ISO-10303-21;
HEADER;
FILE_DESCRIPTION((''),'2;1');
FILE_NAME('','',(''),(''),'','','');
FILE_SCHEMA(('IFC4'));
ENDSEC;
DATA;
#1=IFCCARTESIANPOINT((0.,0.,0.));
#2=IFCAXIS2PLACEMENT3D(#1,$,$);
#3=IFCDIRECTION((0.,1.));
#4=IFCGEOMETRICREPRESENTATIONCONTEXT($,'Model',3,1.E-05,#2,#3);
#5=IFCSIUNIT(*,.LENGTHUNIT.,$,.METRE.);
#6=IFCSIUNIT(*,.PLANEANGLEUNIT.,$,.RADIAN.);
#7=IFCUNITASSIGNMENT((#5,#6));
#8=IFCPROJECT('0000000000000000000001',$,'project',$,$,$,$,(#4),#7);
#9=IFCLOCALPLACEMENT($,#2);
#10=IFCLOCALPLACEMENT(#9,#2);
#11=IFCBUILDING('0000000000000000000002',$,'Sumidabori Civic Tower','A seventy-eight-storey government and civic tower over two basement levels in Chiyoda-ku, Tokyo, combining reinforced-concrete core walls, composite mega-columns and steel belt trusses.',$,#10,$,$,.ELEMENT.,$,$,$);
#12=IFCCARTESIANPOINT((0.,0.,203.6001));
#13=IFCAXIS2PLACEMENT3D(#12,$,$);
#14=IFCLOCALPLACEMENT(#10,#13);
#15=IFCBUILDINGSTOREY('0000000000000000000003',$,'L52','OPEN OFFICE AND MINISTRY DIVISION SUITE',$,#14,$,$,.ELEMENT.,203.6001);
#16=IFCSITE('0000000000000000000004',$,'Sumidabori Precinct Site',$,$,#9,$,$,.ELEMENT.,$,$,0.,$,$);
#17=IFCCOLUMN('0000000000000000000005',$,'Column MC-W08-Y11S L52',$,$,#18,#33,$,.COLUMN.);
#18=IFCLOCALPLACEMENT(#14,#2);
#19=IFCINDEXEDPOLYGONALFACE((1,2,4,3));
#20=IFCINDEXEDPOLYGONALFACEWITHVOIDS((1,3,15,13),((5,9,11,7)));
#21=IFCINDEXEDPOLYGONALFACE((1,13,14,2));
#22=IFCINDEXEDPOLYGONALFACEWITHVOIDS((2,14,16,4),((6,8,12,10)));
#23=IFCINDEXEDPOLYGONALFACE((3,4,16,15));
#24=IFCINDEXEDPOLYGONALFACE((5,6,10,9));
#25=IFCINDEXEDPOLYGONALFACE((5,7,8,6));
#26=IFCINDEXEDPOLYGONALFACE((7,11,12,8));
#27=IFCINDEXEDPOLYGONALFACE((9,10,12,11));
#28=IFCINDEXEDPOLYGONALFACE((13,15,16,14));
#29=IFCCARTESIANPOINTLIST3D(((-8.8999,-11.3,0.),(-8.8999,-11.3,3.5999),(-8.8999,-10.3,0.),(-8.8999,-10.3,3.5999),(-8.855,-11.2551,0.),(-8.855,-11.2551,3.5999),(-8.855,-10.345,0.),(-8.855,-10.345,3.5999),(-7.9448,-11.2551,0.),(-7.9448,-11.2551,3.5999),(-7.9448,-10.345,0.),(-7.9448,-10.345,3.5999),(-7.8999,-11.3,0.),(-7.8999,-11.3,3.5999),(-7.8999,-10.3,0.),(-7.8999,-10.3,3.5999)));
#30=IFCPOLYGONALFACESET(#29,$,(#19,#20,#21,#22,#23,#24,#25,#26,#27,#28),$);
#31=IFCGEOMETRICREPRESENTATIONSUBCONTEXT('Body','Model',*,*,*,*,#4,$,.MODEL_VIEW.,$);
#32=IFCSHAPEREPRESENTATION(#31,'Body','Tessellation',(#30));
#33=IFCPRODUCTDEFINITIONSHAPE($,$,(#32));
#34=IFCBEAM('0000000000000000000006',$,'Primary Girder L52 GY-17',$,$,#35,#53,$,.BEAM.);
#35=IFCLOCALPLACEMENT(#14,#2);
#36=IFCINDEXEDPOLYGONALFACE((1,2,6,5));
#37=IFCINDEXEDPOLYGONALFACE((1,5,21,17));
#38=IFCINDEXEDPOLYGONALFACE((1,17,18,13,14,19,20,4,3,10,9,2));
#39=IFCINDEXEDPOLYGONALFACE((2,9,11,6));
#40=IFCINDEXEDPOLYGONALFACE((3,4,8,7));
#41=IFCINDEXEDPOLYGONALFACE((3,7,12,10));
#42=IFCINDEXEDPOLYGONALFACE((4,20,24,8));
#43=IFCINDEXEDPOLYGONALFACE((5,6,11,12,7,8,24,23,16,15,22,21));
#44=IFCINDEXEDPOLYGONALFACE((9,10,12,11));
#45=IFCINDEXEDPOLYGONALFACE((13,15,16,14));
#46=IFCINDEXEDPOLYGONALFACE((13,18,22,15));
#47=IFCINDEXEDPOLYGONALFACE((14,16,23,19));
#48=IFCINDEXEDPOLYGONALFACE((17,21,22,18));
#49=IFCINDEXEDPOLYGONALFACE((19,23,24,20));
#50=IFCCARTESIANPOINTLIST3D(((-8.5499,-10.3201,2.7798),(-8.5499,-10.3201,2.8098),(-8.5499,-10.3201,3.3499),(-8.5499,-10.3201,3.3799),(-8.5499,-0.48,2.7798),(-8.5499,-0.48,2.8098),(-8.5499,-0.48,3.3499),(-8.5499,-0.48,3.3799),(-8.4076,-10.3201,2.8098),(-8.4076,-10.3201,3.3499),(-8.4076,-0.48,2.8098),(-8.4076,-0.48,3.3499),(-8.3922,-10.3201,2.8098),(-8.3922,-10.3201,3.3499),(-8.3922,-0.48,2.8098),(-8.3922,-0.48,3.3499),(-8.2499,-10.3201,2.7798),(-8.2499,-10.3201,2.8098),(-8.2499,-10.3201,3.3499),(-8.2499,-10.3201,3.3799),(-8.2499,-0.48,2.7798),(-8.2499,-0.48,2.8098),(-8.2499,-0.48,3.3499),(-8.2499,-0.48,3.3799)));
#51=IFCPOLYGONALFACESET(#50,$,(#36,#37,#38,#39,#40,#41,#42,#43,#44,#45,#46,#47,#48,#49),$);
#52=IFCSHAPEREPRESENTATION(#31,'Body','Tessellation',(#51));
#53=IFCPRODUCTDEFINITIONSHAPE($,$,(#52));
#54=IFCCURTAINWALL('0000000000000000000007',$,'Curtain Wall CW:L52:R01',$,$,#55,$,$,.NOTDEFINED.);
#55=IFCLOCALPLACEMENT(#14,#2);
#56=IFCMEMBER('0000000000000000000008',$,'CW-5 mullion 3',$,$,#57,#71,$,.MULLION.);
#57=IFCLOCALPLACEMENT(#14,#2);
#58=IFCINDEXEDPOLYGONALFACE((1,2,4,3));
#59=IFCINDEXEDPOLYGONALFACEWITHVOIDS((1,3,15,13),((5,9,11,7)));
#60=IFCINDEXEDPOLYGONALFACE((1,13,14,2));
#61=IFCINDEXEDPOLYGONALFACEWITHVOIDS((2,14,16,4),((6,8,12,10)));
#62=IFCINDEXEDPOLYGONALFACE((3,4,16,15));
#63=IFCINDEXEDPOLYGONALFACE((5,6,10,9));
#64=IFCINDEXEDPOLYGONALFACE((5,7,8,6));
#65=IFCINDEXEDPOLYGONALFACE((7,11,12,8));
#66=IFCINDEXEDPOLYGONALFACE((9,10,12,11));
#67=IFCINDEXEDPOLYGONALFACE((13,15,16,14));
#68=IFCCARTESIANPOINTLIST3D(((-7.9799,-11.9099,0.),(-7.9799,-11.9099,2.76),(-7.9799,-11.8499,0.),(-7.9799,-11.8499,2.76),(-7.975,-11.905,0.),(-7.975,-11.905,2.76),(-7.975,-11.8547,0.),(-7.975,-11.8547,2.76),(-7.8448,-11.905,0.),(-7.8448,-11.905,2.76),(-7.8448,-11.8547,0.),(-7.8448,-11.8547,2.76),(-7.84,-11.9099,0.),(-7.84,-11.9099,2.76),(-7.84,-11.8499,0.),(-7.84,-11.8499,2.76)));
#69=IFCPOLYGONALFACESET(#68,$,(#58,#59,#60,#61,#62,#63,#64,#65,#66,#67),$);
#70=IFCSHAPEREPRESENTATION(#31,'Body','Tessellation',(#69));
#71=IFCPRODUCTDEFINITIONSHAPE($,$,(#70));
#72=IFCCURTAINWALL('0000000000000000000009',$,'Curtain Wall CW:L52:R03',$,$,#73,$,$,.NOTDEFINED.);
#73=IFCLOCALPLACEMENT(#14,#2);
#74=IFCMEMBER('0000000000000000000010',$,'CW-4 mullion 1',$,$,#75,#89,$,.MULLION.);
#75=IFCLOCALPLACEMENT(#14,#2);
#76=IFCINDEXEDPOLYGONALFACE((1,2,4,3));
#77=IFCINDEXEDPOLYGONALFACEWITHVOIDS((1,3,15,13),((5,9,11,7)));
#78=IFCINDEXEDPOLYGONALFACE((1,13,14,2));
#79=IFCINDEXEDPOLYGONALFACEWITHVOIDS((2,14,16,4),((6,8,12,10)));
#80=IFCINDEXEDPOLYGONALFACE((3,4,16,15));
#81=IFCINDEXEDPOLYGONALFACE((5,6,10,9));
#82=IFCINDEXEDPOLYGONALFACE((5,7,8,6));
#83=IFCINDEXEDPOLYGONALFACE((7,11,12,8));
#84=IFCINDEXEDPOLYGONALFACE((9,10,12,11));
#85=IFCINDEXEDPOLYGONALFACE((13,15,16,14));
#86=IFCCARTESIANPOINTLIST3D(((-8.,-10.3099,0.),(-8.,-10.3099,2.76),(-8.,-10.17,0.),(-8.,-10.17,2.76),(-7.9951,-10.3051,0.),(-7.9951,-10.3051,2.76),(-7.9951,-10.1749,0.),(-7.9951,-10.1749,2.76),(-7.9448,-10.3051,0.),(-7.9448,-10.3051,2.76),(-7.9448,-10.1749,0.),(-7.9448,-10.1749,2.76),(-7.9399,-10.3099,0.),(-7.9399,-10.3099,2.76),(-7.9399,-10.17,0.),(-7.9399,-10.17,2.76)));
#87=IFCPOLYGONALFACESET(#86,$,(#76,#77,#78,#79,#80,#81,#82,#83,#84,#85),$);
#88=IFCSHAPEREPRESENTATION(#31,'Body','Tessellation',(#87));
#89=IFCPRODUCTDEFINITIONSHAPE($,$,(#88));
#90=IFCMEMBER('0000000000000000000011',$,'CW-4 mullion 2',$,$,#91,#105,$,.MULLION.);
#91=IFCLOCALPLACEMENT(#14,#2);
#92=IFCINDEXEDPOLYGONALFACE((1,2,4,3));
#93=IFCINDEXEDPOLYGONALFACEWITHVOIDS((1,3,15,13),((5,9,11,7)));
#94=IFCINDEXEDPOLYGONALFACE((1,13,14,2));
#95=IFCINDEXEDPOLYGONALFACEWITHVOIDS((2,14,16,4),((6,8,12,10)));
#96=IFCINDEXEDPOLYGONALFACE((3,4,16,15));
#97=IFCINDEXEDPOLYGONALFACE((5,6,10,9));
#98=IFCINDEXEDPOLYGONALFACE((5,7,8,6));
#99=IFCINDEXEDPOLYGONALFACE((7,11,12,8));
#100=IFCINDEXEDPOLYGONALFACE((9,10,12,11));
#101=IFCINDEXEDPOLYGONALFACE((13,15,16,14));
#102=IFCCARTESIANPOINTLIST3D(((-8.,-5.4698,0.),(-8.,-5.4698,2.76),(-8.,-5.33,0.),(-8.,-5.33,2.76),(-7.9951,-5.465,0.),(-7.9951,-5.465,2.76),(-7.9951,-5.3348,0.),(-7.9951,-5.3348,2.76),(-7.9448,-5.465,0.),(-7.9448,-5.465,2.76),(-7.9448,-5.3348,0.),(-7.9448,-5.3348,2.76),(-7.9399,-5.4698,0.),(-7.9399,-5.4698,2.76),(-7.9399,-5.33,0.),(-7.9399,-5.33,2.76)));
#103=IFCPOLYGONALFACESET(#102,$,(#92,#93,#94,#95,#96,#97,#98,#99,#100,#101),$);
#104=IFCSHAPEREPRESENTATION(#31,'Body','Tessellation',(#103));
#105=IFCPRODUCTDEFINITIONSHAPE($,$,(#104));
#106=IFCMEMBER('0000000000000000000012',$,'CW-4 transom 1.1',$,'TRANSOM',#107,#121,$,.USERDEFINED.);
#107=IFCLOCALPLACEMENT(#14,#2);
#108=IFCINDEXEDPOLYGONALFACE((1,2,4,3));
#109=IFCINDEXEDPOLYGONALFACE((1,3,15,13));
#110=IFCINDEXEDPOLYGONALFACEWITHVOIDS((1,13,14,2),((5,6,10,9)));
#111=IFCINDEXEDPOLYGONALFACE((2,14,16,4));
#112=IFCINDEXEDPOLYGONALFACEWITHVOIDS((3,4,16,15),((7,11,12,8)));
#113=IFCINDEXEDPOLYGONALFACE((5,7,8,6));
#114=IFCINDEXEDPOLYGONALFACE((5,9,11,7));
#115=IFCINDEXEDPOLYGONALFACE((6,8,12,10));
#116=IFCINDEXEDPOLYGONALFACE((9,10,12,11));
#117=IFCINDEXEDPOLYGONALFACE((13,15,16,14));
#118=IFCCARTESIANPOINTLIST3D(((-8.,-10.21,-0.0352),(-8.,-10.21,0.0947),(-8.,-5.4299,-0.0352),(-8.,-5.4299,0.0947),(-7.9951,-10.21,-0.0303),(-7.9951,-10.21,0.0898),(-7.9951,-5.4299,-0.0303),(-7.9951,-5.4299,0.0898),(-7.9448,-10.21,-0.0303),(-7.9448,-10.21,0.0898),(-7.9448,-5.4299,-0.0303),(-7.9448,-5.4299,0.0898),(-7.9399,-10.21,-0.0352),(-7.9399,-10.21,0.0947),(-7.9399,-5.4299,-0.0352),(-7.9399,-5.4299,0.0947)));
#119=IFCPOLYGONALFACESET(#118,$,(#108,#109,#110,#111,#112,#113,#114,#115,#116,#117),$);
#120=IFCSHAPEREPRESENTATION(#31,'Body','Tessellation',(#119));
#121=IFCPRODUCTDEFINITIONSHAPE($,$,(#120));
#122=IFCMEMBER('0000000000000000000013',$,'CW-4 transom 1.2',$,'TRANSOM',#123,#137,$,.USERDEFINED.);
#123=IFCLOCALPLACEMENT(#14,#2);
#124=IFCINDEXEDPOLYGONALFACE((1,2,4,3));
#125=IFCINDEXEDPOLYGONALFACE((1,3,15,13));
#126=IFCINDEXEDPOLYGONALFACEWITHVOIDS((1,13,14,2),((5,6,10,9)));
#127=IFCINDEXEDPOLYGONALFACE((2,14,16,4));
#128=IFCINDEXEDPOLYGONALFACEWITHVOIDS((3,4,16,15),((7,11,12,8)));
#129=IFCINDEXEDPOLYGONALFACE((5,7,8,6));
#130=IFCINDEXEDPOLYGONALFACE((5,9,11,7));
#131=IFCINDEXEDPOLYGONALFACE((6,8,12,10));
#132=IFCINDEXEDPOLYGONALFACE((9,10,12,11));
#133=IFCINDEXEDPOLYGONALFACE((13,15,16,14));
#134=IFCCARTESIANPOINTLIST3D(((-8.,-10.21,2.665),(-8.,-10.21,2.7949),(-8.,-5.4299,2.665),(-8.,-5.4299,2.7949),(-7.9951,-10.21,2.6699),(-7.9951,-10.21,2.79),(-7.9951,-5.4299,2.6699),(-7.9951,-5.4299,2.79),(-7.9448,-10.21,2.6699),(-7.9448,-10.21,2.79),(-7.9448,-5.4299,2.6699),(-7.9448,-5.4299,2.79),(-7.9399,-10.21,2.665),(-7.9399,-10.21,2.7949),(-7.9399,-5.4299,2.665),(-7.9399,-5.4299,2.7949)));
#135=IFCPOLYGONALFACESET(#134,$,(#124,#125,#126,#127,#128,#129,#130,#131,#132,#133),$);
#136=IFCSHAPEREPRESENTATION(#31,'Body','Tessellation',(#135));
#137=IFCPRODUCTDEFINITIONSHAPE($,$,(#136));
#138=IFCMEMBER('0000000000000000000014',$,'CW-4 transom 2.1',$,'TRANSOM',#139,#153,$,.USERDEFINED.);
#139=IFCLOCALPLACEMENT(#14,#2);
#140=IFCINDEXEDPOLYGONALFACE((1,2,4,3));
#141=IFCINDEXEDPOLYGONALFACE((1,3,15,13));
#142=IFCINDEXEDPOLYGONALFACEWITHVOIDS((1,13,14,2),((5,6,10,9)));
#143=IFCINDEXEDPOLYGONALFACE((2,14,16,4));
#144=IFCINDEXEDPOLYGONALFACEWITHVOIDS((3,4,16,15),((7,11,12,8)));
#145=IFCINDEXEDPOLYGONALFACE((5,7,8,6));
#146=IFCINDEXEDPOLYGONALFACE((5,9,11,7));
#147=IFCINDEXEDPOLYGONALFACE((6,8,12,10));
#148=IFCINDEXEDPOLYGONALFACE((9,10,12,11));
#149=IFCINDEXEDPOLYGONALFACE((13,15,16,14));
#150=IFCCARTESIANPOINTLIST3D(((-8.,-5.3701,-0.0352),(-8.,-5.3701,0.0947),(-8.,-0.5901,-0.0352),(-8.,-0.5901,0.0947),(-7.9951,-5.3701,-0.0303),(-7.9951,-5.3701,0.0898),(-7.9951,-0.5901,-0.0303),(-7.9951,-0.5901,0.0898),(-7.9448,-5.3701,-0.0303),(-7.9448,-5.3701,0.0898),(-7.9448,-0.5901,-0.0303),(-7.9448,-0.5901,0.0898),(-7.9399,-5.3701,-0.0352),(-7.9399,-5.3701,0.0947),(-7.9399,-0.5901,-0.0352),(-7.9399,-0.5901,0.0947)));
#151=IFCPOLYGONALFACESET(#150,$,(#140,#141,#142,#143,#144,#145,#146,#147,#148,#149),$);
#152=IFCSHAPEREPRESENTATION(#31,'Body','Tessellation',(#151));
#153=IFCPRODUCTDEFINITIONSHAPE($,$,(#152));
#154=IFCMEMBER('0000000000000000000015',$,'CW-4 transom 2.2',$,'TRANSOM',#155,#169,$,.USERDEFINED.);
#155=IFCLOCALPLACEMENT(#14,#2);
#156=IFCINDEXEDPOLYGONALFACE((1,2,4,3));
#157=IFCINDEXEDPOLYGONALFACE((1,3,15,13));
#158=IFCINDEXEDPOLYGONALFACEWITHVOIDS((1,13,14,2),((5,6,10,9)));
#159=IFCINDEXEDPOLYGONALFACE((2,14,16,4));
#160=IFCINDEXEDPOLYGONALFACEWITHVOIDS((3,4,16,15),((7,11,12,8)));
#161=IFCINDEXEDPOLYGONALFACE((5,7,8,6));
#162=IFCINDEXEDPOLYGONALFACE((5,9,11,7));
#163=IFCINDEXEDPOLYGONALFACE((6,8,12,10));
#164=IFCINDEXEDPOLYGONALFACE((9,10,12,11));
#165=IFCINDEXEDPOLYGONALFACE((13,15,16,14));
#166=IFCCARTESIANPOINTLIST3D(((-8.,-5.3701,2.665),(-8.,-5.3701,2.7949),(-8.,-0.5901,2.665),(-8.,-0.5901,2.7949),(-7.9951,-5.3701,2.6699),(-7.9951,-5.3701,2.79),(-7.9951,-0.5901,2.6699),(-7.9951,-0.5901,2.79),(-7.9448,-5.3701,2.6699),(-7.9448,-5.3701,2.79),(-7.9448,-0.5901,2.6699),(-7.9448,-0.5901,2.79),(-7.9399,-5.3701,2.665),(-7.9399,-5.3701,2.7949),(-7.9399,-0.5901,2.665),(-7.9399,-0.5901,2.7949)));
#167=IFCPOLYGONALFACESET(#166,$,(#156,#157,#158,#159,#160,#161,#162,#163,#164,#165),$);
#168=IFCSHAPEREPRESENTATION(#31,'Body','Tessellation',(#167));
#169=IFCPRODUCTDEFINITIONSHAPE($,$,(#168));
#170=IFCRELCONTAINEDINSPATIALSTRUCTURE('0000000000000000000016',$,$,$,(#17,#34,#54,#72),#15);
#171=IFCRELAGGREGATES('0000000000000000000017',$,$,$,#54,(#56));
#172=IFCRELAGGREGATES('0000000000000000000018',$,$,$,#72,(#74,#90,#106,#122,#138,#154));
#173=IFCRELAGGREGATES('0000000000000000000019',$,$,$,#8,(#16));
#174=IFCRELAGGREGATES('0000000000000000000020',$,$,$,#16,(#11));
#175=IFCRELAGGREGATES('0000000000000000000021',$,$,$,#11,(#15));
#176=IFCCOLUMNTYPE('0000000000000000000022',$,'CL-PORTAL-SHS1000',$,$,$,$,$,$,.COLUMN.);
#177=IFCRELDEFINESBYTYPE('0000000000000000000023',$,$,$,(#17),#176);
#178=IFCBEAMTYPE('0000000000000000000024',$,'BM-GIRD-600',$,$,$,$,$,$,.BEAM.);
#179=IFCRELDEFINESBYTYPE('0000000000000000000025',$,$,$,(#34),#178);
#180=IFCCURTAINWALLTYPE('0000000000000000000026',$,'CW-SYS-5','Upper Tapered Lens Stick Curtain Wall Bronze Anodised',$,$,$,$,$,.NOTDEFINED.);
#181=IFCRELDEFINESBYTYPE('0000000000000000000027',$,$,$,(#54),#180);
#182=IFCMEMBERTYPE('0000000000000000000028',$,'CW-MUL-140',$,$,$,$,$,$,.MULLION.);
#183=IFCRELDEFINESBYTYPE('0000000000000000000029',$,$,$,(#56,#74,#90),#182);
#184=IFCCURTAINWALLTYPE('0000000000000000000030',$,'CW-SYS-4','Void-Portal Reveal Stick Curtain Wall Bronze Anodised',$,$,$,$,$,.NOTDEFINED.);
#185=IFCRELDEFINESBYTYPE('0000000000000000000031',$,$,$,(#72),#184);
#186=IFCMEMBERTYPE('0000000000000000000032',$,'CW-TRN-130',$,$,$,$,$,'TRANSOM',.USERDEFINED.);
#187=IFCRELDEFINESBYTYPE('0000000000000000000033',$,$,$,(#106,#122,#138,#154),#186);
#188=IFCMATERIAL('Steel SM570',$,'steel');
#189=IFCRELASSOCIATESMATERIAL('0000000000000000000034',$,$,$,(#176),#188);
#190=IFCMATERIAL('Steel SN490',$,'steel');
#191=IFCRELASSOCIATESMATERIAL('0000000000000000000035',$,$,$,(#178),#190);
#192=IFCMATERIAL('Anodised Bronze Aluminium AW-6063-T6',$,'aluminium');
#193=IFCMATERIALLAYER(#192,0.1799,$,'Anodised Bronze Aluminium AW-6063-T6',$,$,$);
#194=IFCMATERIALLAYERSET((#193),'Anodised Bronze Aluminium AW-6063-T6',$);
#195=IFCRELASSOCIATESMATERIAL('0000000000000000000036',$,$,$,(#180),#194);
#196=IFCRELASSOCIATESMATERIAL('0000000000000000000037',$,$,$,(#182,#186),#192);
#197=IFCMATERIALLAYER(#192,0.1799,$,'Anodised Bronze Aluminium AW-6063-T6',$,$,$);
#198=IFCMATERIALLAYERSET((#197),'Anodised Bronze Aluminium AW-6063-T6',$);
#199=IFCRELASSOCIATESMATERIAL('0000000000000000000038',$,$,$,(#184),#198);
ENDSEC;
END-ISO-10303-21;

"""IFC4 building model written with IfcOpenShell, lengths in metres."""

from ifc_helpers import new_model, si_unit, direction, frame, origin, origin_2d, place, context, subcontext, project, spatial, hollow_rectangle, i_section, extrude, source, transform, mapped, material, layer, layer_set, material_profile, profile_set, type_object, element, aggregate, save


model = new_model("IFC4")

# Units and contexts
model_context = context("Model", 3, precision=1e-05, world=origin(), true_north=direction((0.0, 1.0)))
body_context = subcontext(model_context, "Body", "Model", "MODEL_VIEW")
ifc_project = project(units=[si_unit("LENGTHUNIT", "METRE"), si_unit("PLANEANGLEUNIT", "RADIAN")], contexts=[model_context])

# Site, building, storey
site_placement = place(None, origin())
site = spatial("IfcSite", under=ifc_project, at=site_placement, Name="Sumidabori Precinct Site", CompositionType="ELEMENT", RefElevation=0.0)
building_placement = place(site_placement, origin())
building = spatial("IfcBuilding", under=site, at=building_placement, Name="Sumidabori Civic Tower", Description="A seventy-eight-storey government and civic tower over two basement levels in Chiyoda-ku, Tokyo, combining reinforced-concrete core walls, composite mega-columns and steel belt trusses.", CompositionType="ELEMENT")
storey_placement = place(building_placement, frame((0.0, 0.0, 203.6001)))
storey = spatial("IfcBuildingStorey", under=building, at=storey_placement, Name="L52", Description="OPEN OFFICE AND MINISTRY DIVISION SUITE", CompositionType="ELEMENT", Elevation=203.6001)

# Column
ifc_material_1 = material(Name="Steel SM570", Category="steel")
ifc_material_profile_1 = material_profile(ifc_material_1, hollow_rectangle(XDim=1.0, YDim=1.0, WallThickness=0.0449, at=origin_2d()), Name="SHS 1000x1000x45")
ifc_profile_set_1 = profile_set([ifc_material_profile_1], Name="Steel SM570")
column_type = type_object("IfcColumnType", Name="CL-PORTAL-SHS1000", PredefinedType="COLUMN", material=ifc_profile_set_1)
shared_shape_1 = source(origin(), body_context, "Body", "SweptSolid", [
    extrude(hollow_rectangle(XDim=1.0, YDim=1.0, WallThickness=0.0449, at=origin_2d()), origin(), (0.0, 0.0, 1.0), 3.5999),
])
column_placement = place(storey_placement, frame((-8.3999, -10.8, 0.0), z_axis=(0.0, 0.0, 1.0), x_axis=(1.0, 0.0, 0.0)))
element("IfcColumn", 1, at=column_placement, inside=storey, type_object=column_type, Name="Column MC-W08-Y11S L52", PredefinedType="COLUMN", context=body_context, shape_type="MappedRepresentation", body=[
    mapped(shared_shape_1, transform((0.0, 0.0, 0.0), x_axis=(1.0, 0.0, 0.0), y_axis=(0.0, 1.0, 0.0), z_axis=(0.0, 0.0, 1.0), scale=1.0)),
])

# Beam
ifc_material_2 = material(Name="Steel SN490", Category="steel")
ifc_material_profile_2 = material_profile(ifc_material_2, i_section(OverallWidth=0.3, OverallDepth=0.6001, WebThickness=0.0154, FlangeThickness=0.03, at=origin_2d()), Name="HE 600 B")
ifc_profile_set_2 = profile_set([ifc_material_profile_2], Name="Steel SN490")
beam_type = type_object("IfcBeamType", Name="BM-GIRD-600", PredefinedType="BEAM", material=ifc_profile_set_2)
shared_shape_2 = source(origin(), body_context, "Body", "SweptSolid", [
    extrude(i_section(OverallWidth=0.3, OverallDepth=0.6001, WebThickness=0.0154, FlangeThickness=0.03, at=origin_2d()), origin(), (0.0, 0.0, 1.0), 9.8401),
])
beam_placement = place(storey_placement, frame((-8.3999, -10.3201, 3.0798), z_axis=(0.0, 1.0, 0.0), x_axis=(-1.0, 0.0, 0.0)))
element("IfcBeam", 2, at=beam_placement, inside=storey, type_object=beam_type, Name="Primary Girder L52 GY-17", PredefinedType="BEAM", context=body_context, shape_type="MappedRepresentation", body=[
    mapped(shared_shape_2, transform((0.0, 0.0, 0.0), x_axis=(1.0, 0.0, 0.0), y_axis=(0.0, 1.0, 0.0), z_axis=(0.0, 0.0, 1.0), scale=1.0)),
])

# Curtain wall, member
ifc_material_3 = material(Name="Anodised Bronze Aluminium AW-6063-T6", Category="aluminium")
ifc_layer_1 = layer(ifc_material_3, 0.1799, Name="Anodised Bronze Aluminium AW-6063-T6")
ifc_layer_set_1 = layer_set([ifc_layer_1], Name="Anodised Bronze Aluminium AW-6063-T6")
curtain_wall_type_1 = type_object("IfcCurtainWallType", Name="CW-SYS-5", Description="Upper Tapered Lens Stick Curtain Wall Bronze Anodised", PredefinedType="NOTDEFINED", material=ifc_layer_set_1)
curtain_wall_1_placement = place(storey_placement, origin())
curtain_wall_1 = element("IfcCurtainWall", 3, at=curtain_wall_1_placement, inside=storey, type_object=curtain_wall_type_1, Name="Curtain Wall CW:L52:R01", PredefinedType="NOTDEFINED")
ifc_material_profile_3 = material_profile(ifc_material_3, hollow_rectangle(XDim=0.0601, YDim=0.1399, WallThickness=0.0049, at=origin_2d()), Name="ALU MULLION 140x60")
ifc_profile_set_3 = profile_set([ifc_material_profile_3], Name="Anodised Bronze Aluminium AW-6063-T6")
member_type_1 = type_object("IfcMemberType", Name="CW-MUL-140", PredefinedType="MULLION", material=ifc_profile_set_3)
shared_shape_3 = source(origin(), body_context, "Body", "SweptSolid", [
    extrude(hollow_rectangle(XDim=0.0601, YDim=0.1399, WallThickness=0.0049, at=origin_2d()), origin(), (0.0, 0.0, 1.0), 2.76),
])
member_1_placement = place(storey_placement, frame((-7.9099, -11.8799, 0.0), z_axis=(0.0, 0.0, 1.0), x_axis=(0.0, 1.0, 0.0)))
member_1 = element("IfcMember", 4, at=member_1_placement, type_object=member_type_1, Name="CW-5 mullion 3", PredefinedType="MULLION", context=body_context, shape_type="MappedRepresentation", body=[
    mapped(shared_shape_3, transform((0.0, 0.0, 0.0), x_axis=(1.0, 0.0, 0.0), y_axis=(0.0, 1.0, 0.0), z_axis=(0.0, 0.0, 1.0), scale=1.0)),
])

# Curtain wall, members
ifc_layer_2 = layer(ifc_material_3, 0.1799, Name="Anodised Bronze Aluminium AW-6063-T6")
ifc_layer_set_2 = layer_set([ifc_layer_2], Name="Anodised Bronze Aluminium AW-6063-T6")
curtain_wall_type_2 = type_object("IfcCurtainWallType", Name="CW-SYS-4", Description="Void-Portal Reveal Stick Curtain Wall Bronze Anodised", PredefinedType="NOTDEFINED", material=ifc_layer_set_2)
curtain_wall_2_placement = place(storey_placement, origin())
curtain_wall_2 = element("IfcCurtainWall", 5, at=curtain_wall_2_placement, inside=storey, type_object=curtain_wall_type_2, Name="Curtain Wall CW:L52:R03", PredefinedType="NOTDEFINED")
member_2_placement = place(storey_placement, frame((-7.97, -10.24, 0.0), z_axis=(0.0, 0.0, 1.0), x_axis=(-1.0, 0.0, 0.0)))
member_2 = element("IfcMember", 6, at=member_2_placement, type_object=member_type_1, Name="CW-4 mullion 1", PredefinedType="MULLION", context=body_context, shape_type="MappedRepresentation", body=[
    mapped(shared_shape_3, transform((0.0, 0.0, 0.0), x_axis=(1.0, 0.0, 0.0), y_axis=(0.0, 1.0, 0.0), z_axis=(0.0, 0.0, 1.0), scale=1.0)),
])
member_3_placement = place(storey_placement, frame((-7.97, -5.3999, 0.0), z_axis=(0.0, 0.0, 1.0), x_axis=(-1.0, 0.0, 0.0)))
member_3 = element("IfcMember", 7, at=member_3_placement, type_object=member_type_1, Name="CW-4 mullion 2", PredefinedType="MULLION", context=body_context, shape_type="MappedRepresentation", body=[
    mapped(shared_shape_3, transform((0.0, 0.0, 0.0), x_axis=(1.0, 0.0, 0.0), y_axis=(0.0, 1.0, 0.0), z_axis=(0.0, 0.0, 1.0), scale=1.0)),
])
ifc_material_profile_4 = material_profile(ifc_material_3, hollow_rectangle(XDim=0.0601, YDim=0.1299, WallThickness=0.0049, at=origin_2d()), Name="ALU TRANSOM 130x60")
ifc_profile_set_4 = profile_set([ifc_material_profile_4], Name="Anodised Bronze Aluminium AW-6063-T6")
member_type_2 = type_object("IfcMemberType", Name="CW-TRN-130", ElementType="TRANSOM", PredefinedType="USERDEFINED", material=ifc_profile_set_4)
shared_shape_4 = source(origin(), body_context, "Body", "SweptSolid", [
    extrude(hollow_rectangle(XDim=0.0601, YDim=0.1299, WallThickness=0.0049, at=origin_2d()), origin(), (0.0, 0.0, 1.0), 4.78),
])
member_4_placement = place(storey_placement, frame((-7.97, -10.21, 0.0298), z_axis=(0.0, 1.0, 0.0), x_axis=(-1.0, 0.0, 0.0)))
member_4 = element("IfcMember", 8, at=member_4_placement, type_object=member_type_2, Name="CW-4 transom 1.1", ObjectType="TRANSOM", PredefinedType="USERDEFINED", context=body_context, shape_type="MappedRepresentation", body=[
    mapped(shared_shape_4, transform((0.0, 0.0, 0.0), x_axis=(1.0, 0.0, 0.0), y_axis=(0.0, 1.0, 0.0), z_axis=(0.0, 0.0, 1.0), scale=1.0)),
])
member_5_placement = place(storey_placement, frame((-7.97, -10.21, 2.73), z_axis=(0.0, 1.0, 0.0), x_axis=(-1.0, 0.0, 0.0)))
member_5 = element("IfcMember", 9, at=member_5_placement, type_object=member_type_2, Name="CW-4 transom 1.2", ObjectType="TRANSOM", PredefinedType="USERDEFINED", context=body_context, shape_type="MappedRepresentation", body=[
    mapped(shared_shape_4, transform((0.0, 0.0, 0.0), x_axis=(1.0, 0.0, 0.0), y_axis=(0.0, 1.0, 0.0), z_axis=(0.0, 0.0, 1.0), scale=1.0)),
])
member_6_placement = place(storey_placement, frame((-7.97, -5.3701, 0.0298), z_axis=(0.0, 1.0, 0.0), x_axis=(-1.0, 0.0, 0.0)))
member_6 = element("IfcMember", 10, at=member_6_placement, type_object=member_type_2, Name="CW-4 transom 2.1", ObjectType="TRANSOM", PredefinedType="USERDEFINED", context=body_context, shape_type="MappedRepresentation", body=[
    mapped(shared_shape_4, transform((0.0, 0.0, 0.0), x_axis=(1.0, 0.0, 0.0), y_axis=(0.0, 1.0, 0.0), z_axis=(0.0, 0.0, 1.0), scale=1.0)),
])
member_7_placement = place(storey_placement, frame((-7.97, -5.3701, 2.73), z_axis=(0.0, 1.0, 0.0), x_axis=(-1.0, 0.0, 0.0)))
member_7 = element("IfcMember", 11, at=member_7_placement, type_object=member_type_2, Name="CW-4 transom 2.2", ObjectType="TRANSOM", PredefinedType="USERDEFINED", context=body_context, shape_type="MappedRepresentation", body=[
    mapped(shared_shape_4, transform((0.0, 0.0, 0.0), x_axis=(1.0, 0.0, 0.0), y_axis=(0.0, 1.0, 0.0), z_axis=(0.0, 0.0, 1.0), scale=1.0)),
])

aggregate(curtain_wall_1, [member_1])
aggregate(curtain_wall_2, [member_2, member_3, member_4, member_5, member_6, member_7])

save(model, "model.ifc")
